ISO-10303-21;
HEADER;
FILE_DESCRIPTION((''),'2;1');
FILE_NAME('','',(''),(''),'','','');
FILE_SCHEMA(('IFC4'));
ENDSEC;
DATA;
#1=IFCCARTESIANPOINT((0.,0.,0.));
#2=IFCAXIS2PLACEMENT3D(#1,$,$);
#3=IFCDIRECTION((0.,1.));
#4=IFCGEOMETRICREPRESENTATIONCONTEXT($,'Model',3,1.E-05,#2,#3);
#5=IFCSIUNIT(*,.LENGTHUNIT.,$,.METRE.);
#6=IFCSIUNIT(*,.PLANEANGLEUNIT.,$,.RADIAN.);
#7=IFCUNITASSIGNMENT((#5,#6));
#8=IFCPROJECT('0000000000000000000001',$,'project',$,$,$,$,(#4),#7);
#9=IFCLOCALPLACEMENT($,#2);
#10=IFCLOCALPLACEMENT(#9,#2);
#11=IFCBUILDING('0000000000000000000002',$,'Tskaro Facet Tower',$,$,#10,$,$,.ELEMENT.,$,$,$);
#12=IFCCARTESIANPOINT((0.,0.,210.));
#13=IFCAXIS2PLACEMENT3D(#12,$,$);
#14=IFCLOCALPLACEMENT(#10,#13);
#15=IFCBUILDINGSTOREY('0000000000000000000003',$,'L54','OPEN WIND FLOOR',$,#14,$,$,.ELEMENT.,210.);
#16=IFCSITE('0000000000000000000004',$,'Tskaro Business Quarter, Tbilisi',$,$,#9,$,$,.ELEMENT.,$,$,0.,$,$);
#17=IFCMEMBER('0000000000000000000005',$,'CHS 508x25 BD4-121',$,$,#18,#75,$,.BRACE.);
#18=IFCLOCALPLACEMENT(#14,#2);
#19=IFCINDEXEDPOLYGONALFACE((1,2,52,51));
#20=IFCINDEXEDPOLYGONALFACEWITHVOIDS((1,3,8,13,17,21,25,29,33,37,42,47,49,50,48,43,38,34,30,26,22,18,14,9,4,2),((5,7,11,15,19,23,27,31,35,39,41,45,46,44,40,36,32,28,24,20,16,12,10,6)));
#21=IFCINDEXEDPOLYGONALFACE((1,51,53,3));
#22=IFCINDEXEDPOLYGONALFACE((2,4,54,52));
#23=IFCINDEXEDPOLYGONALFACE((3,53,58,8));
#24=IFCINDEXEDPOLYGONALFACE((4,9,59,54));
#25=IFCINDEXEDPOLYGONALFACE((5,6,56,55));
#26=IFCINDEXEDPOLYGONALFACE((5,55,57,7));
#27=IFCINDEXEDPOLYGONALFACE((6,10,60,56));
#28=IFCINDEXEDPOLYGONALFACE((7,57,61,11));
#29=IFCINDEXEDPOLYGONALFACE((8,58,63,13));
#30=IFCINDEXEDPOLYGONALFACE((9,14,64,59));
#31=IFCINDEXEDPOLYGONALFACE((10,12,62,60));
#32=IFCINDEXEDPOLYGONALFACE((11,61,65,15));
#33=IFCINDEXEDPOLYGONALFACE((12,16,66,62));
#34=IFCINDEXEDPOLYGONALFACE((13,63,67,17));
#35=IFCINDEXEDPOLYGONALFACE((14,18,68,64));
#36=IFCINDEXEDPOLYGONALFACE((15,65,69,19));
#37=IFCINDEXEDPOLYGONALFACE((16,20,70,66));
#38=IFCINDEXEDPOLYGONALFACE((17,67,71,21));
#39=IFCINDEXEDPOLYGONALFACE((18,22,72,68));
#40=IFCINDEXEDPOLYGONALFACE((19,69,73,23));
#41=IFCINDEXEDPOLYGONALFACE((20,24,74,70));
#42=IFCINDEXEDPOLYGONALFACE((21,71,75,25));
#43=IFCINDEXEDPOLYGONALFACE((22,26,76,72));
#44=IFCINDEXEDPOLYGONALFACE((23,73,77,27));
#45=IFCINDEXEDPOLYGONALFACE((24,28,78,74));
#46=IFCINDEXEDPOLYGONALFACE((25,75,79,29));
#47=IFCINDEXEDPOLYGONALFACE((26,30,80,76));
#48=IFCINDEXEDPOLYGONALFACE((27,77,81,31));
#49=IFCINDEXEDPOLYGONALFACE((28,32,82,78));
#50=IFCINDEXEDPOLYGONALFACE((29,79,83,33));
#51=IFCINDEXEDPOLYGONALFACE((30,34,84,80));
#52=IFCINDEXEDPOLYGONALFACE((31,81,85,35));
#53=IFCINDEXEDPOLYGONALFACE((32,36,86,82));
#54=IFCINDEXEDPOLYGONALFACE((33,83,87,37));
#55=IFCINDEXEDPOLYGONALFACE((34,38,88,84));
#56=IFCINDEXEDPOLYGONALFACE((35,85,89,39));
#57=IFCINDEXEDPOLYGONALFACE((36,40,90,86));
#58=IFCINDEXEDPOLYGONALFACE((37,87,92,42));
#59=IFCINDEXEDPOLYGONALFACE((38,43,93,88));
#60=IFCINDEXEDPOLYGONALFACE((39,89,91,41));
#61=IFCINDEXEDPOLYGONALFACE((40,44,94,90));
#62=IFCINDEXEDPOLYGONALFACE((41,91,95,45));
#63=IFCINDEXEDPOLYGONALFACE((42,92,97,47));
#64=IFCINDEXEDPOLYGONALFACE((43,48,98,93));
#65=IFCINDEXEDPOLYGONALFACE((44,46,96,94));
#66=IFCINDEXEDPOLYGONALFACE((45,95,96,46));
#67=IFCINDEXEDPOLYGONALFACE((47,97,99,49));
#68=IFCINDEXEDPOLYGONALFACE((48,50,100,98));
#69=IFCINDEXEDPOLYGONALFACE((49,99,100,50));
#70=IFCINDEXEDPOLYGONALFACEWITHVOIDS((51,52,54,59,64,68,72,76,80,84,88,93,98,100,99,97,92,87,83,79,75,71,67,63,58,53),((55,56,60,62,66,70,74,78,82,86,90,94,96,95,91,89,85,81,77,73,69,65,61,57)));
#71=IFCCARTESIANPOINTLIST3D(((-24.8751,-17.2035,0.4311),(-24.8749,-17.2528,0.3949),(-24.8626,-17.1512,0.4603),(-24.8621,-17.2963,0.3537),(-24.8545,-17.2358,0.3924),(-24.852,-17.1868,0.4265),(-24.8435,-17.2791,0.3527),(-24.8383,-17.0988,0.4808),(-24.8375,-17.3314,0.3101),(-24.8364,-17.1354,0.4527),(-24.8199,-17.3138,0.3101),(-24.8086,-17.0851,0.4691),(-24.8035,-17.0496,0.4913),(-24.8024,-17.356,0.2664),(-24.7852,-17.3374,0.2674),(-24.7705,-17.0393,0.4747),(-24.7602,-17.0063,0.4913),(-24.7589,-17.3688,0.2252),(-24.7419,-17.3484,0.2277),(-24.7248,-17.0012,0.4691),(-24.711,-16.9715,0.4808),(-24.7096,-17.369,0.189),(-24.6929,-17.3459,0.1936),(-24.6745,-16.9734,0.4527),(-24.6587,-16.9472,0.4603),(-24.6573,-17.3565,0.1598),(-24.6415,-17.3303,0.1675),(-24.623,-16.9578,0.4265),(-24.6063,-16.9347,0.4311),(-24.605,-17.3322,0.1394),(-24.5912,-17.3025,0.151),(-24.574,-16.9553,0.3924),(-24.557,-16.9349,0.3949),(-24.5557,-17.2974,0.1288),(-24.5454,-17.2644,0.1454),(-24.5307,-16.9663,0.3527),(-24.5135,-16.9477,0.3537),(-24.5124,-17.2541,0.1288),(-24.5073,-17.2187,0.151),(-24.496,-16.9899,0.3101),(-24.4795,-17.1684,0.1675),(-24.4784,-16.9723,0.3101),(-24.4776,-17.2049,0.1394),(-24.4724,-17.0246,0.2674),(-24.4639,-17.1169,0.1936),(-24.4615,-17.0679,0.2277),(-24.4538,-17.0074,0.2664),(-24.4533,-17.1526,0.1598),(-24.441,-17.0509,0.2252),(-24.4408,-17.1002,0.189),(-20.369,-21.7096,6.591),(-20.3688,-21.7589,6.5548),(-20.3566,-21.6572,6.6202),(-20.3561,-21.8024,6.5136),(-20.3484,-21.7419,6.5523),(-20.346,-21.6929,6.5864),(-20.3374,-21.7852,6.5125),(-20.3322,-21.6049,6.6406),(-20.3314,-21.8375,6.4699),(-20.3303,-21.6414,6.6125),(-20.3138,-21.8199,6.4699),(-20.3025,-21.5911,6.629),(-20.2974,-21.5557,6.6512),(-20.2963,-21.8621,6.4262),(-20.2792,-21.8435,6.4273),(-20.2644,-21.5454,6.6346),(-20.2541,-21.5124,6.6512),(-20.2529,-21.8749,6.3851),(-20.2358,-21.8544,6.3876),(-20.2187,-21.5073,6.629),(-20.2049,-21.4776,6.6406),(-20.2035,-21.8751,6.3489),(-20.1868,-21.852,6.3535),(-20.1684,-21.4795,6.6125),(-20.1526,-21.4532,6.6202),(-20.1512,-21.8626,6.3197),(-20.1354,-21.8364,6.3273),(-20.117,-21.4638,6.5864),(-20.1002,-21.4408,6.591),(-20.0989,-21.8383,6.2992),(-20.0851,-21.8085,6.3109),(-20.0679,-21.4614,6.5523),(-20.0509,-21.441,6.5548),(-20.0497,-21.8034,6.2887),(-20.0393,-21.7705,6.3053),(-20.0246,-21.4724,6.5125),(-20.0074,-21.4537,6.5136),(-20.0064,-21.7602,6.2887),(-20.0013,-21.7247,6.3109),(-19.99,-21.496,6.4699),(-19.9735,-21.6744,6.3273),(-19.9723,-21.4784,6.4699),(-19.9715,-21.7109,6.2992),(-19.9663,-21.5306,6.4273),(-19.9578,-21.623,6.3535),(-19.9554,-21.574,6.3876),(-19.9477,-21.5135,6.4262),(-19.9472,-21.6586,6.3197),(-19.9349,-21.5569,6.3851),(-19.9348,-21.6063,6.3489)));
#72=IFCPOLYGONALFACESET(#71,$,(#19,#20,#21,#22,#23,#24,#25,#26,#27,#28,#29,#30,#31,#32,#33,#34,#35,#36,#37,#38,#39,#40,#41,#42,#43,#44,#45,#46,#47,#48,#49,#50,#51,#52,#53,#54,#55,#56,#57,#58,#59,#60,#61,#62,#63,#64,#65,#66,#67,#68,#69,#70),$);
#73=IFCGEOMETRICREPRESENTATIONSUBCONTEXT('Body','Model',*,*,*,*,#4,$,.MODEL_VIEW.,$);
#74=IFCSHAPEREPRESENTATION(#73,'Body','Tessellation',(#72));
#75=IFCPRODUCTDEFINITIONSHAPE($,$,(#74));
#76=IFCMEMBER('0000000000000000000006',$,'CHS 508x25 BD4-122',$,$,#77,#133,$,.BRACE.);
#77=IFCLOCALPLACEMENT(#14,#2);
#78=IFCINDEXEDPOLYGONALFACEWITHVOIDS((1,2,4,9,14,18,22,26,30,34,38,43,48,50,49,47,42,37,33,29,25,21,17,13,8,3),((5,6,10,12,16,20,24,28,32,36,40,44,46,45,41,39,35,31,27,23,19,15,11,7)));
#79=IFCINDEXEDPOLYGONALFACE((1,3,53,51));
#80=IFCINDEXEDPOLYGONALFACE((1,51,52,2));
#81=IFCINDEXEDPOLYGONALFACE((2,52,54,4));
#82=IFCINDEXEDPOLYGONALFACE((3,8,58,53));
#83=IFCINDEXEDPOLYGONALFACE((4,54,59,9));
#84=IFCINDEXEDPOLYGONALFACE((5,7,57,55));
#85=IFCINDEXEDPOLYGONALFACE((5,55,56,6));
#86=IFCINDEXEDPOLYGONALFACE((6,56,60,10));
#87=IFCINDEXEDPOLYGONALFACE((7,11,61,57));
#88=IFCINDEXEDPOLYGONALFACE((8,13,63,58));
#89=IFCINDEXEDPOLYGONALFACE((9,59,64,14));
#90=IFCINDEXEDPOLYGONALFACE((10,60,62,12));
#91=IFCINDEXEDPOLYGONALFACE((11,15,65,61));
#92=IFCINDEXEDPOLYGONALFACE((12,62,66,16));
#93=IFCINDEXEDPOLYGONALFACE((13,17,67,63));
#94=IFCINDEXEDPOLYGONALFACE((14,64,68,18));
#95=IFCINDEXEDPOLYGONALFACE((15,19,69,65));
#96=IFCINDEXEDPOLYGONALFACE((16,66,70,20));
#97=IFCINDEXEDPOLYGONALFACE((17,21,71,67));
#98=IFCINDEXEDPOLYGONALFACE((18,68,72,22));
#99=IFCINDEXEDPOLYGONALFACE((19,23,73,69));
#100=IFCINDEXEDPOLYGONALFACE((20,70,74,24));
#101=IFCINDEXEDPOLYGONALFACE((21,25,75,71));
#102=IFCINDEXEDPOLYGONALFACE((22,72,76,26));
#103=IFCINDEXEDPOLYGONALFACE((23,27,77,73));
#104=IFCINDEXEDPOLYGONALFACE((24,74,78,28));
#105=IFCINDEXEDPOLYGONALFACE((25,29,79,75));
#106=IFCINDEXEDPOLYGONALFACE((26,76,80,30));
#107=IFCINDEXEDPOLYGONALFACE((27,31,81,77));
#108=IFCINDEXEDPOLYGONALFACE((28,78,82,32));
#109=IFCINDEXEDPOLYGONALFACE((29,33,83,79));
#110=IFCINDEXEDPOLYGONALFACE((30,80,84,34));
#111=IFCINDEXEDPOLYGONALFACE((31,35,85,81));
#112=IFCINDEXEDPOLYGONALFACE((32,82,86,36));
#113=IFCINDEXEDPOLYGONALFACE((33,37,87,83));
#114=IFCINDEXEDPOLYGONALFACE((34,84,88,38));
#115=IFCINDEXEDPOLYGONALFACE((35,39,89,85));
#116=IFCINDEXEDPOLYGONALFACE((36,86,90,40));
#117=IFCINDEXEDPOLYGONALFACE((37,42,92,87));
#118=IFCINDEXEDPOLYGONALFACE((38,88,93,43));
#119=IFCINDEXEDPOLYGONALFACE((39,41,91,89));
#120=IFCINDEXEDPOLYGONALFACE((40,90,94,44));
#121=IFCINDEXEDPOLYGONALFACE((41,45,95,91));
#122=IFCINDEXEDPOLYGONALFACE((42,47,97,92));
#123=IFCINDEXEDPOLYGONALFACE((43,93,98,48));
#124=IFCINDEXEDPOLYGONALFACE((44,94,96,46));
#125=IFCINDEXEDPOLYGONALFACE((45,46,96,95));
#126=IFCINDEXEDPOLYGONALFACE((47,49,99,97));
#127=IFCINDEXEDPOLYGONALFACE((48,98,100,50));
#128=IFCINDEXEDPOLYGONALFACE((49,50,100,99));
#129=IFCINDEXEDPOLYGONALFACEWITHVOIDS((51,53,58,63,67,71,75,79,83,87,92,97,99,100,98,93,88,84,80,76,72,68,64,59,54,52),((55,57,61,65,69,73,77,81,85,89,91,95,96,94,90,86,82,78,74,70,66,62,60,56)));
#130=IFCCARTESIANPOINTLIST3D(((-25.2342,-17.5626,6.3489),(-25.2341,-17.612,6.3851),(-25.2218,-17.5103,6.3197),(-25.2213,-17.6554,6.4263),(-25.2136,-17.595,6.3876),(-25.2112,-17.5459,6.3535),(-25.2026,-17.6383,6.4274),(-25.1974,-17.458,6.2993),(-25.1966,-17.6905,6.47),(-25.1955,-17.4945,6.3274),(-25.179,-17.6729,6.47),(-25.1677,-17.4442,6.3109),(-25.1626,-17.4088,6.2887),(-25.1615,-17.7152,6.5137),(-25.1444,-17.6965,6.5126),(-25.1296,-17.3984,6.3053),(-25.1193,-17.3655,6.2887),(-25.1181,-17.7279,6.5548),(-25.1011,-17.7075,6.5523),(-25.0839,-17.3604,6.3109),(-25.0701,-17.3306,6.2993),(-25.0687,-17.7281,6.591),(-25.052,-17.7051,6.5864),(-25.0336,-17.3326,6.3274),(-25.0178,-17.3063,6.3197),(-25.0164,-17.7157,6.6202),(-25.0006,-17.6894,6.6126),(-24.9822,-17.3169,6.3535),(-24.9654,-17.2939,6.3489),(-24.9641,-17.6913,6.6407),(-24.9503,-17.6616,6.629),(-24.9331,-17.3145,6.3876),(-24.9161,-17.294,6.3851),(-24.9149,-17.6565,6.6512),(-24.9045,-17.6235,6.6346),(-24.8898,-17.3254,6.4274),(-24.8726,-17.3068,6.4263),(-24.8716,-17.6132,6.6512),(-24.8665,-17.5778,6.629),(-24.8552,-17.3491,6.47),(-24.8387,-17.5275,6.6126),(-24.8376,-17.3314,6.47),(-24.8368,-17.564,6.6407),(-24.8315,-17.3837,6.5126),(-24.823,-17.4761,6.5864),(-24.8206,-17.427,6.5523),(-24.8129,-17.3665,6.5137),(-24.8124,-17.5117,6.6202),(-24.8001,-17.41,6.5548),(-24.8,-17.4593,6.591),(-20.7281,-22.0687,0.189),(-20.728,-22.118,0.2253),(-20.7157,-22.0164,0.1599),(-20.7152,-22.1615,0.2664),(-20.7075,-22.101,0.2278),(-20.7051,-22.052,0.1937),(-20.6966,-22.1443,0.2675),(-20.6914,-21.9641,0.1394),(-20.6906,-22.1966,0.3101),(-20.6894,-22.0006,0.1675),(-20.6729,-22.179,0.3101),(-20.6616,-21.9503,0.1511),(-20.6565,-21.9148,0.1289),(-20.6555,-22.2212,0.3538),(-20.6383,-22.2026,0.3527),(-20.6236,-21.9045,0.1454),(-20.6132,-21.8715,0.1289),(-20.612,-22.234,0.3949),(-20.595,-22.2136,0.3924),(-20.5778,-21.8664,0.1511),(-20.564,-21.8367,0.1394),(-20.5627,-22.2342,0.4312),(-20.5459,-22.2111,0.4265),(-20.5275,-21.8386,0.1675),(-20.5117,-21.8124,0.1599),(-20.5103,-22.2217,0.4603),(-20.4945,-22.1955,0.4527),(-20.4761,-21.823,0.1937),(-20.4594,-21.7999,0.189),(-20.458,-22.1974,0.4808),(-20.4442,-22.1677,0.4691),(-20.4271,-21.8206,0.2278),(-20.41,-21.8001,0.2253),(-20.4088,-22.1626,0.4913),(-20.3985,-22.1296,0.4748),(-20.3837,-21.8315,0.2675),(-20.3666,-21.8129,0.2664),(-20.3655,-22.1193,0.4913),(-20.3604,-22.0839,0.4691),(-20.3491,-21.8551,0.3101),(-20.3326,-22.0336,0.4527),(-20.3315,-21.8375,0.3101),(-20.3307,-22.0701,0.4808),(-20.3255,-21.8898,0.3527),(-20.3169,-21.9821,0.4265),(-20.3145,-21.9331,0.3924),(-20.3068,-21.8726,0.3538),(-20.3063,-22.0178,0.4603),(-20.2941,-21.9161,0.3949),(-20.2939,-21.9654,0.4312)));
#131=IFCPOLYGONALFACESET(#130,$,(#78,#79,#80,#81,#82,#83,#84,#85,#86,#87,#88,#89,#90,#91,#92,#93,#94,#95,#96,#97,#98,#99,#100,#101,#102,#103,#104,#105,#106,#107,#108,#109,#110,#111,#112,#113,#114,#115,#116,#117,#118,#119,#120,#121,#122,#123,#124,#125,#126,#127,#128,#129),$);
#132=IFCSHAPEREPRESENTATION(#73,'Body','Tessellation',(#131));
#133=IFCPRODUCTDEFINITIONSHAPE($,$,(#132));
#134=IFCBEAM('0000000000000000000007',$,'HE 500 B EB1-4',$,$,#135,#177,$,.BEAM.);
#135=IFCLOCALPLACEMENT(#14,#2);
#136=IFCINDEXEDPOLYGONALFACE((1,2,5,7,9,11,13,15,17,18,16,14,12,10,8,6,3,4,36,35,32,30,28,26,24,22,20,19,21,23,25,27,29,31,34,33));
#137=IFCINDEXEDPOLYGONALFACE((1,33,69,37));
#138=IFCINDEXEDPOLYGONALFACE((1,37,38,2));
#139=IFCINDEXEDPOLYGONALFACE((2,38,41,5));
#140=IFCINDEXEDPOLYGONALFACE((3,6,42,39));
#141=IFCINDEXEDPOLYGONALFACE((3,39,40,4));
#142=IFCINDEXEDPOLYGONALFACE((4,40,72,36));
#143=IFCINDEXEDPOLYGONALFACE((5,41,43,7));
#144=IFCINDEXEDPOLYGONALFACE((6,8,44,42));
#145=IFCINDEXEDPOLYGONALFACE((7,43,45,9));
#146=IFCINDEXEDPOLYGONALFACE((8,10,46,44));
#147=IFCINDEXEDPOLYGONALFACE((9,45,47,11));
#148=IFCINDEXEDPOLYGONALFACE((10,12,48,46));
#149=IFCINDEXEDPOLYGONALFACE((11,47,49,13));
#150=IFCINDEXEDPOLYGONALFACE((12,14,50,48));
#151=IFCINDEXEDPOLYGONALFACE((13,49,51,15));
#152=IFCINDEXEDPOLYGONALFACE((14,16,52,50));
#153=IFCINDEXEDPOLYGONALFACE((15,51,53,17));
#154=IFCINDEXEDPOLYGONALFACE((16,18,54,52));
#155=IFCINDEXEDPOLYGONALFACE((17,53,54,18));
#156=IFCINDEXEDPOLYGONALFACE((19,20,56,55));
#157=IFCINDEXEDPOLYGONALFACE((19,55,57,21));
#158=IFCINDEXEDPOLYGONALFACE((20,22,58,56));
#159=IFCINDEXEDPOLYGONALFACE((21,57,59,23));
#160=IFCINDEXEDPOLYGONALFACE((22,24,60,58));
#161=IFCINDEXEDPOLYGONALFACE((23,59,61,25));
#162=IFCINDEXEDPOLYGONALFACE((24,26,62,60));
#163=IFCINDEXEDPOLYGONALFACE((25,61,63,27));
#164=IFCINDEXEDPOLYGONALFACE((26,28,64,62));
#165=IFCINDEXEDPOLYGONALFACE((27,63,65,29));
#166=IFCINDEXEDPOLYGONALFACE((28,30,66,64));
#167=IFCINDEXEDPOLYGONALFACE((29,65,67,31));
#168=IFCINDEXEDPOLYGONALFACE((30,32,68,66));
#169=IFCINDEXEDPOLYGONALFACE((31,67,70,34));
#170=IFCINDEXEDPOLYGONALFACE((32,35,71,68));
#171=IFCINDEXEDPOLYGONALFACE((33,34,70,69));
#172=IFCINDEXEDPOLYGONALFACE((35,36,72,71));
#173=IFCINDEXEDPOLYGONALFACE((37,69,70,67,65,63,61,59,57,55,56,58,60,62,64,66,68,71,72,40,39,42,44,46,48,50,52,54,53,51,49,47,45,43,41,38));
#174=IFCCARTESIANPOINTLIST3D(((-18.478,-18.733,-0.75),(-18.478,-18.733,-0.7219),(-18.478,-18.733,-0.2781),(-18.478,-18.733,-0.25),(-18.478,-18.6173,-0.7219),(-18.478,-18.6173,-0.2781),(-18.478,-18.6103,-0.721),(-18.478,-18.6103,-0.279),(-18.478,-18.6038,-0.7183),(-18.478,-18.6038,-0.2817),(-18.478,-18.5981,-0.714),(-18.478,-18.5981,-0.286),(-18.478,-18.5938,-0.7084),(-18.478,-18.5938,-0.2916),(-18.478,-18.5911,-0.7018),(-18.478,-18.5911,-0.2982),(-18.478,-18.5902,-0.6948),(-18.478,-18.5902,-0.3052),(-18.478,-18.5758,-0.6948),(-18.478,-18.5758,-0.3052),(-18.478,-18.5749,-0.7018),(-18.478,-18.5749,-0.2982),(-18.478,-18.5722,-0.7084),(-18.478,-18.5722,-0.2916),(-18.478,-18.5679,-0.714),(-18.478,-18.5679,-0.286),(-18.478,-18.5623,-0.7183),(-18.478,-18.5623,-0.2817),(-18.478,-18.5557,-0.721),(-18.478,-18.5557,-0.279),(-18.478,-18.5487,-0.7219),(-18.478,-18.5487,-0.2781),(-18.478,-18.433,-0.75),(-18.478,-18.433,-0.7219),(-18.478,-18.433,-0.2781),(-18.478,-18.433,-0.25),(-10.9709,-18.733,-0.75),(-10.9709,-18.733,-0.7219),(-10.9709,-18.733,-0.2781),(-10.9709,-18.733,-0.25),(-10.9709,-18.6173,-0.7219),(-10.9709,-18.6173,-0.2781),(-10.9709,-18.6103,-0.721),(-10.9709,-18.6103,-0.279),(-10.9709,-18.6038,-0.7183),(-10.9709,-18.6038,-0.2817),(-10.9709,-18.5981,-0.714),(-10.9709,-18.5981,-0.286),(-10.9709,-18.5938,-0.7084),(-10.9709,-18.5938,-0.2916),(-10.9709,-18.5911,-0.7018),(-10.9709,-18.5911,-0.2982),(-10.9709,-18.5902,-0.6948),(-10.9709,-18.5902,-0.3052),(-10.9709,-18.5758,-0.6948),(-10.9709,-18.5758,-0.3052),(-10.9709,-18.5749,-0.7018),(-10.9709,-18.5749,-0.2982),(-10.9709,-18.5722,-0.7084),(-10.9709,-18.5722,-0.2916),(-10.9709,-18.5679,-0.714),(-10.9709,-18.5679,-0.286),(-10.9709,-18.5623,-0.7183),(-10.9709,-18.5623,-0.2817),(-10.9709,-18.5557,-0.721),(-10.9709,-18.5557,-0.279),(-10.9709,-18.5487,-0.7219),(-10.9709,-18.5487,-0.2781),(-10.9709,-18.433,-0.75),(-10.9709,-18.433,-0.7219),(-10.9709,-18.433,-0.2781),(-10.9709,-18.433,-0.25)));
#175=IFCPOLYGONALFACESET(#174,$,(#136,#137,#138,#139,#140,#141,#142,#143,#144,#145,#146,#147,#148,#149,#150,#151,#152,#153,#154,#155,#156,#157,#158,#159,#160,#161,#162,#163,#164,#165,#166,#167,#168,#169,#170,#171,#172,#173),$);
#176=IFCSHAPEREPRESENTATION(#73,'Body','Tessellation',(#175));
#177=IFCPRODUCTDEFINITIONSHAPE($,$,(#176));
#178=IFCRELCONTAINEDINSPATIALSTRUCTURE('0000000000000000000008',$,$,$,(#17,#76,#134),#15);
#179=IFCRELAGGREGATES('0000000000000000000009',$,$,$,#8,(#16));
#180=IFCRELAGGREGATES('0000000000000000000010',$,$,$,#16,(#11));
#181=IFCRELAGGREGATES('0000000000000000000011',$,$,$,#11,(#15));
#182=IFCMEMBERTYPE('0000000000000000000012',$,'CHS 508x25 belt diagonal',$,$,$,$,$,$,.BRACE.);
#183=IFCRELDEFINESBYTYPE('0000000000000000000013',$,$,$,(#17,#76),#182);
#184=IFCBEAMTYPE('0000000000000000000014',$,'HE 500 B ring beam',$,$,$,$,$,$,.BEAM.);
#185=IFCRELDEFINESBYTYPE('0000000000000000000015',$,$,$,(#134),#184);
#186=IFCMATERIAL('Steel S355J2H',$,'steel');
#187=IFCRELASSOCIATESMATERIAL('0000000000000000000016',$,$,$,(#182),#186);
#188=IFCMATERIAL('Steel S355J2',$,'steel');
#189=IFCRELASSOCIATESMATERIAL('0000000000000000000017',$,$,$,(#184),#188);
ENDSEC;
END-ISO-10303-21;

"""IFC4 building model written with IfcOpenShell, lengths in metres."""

from ifc_helpers import new_model, si_unit, direction, frame, origin, origin_2d, place, context, subcontext, project, spatial, hollow_circle, i_section, extrude, material, material_profile, profile_set, type_object, element, save


model = new_model("IFC4")

# Units and contexts
model_context = context("Model", 3, precision=1e-05, world=origin(), true_north=direction((0.0, 1.0)))
body_context = subcontext(model_context, "Body", "Model", "MODEL_VIEW")
ifc_project = project(units=[si_unit("LENGTHUNIT", "METRE"), si_unit("PLANEANGLEUNIT", "RADIAN")], contexts=[model_context])

# Site, building, storey
site_placement = place(None, origin())
site = spatial("IfcSite", under=ifc_project, at=site_placement, Name="Tskaro Business Quarter, Tbilisi", CompositionType="ELEMENT", RefElevation=0.0)
building_placement = place(site_placement, origin())
building = spatial("IfcBuilding", under=site, at=building_placement, Name="Tskaro Facet Tower", CompositionType="ELEMENT")
storey_placement = place(building_placement, frame((0.0, 0.0, 210.0)))
storey = spatial("IfcBuildingStorey", under=building, at=storey_placement, Name="L54", Description="OPEN WIND FLOOR", CompositionType="ELEMENT", Elevation=210.0)

# Shared definitions
ifc_material_1 = material(Name="Steel S355J2H", Category="steel")

# Shared definitions
ifc_material_2 = material(Name="Steel S355J2", Category="steel")

# Members
ifc_material_profile_1 = material_profile(ifc_material_1, hollow_circle(Radius=0.2539, WallThickness=0.0249, at=origin_2d()), Name="CHS 508x25")
ifc_profile_set_1 = profile_set([ifc_material_profile_1], Name="Steel S355J2H")
member_type_1 = type_object("IfcMemberType", Name="CHS 508x25 belt diagonal", PredefinedType="BRACE", material=ifc_profile_set_1)
for number, where, z_axis, x_axis, name in (
    (1, (-24.658, -17.1519, 0.3101), (0.508412, -0.508412, 0.695007), (0.707107, 0.707107, 0.0), "CHS 508x25 BD4-121"),
    (2, (-25.0171, -17.511, 6.47), (0.508412, -0.508412, -0.695007), (0.707107, 0.707107, 0.0), "CHS 508x25 BD4-122"),
):
    element("IfcMember", number, at=place(storey_placement, frame(where, z_axis=z_axis, x_axis=x_axis)), inside=storey, type_object=member_type_1, Name=name, PredefinedType="BRACE", context=body_context, shape_type="SweptSolid", body=[
        extrude(hollow_circle(Radius=0.2539, WallThickness=0.0249, at=origin_2d()), origin(), (0.0, 0.0, 1.0), 8.863),
    ])

# Beam
ifc_material_profile_2 = material_profile(ifc_material_2, i_section(OverallWidth=0.3, OverallDepth=0.5, WebThickness=0.0144, FlangeThickness=0.0281, FilletRadius=0.0271, at=origin_2d()), Name="HE 500 B")
ifc_profile_set_2 = profile_set([ifc_material_profile_2], Name="Steel S355J2")
beam_type_1 = type_object("IfcBeamType", Name="HE 500 B ring beam", PredefinedType="BEAM", material=ifc_profile_set_2)
beam_1_placement = place(storey_placement, frame((-18.478, -18.583, -0.5), z_axis=(1.0, 0.0, 0.0), x_axis=(0.0, 1.0, 0.0)))
element("IfcBeam", 3, at=beam_1_placement, inside=storey, type_object=beam_type_1, Name="HE 500 B EB1-4", PredefinedType="BEAM", context=body_context, shape_type="SweptSolid", body=[
    extrude(i_section(OverallWidth=0.3, OverallDepth=0.5, WebThickness=0.0144, FlangeThickness=0.0281, FilletRadius=0.0271, at=origin_2d()), origin(), (0.0, 0.0, 1.0), 7.5071),
])

save(model, "model.ifc")
